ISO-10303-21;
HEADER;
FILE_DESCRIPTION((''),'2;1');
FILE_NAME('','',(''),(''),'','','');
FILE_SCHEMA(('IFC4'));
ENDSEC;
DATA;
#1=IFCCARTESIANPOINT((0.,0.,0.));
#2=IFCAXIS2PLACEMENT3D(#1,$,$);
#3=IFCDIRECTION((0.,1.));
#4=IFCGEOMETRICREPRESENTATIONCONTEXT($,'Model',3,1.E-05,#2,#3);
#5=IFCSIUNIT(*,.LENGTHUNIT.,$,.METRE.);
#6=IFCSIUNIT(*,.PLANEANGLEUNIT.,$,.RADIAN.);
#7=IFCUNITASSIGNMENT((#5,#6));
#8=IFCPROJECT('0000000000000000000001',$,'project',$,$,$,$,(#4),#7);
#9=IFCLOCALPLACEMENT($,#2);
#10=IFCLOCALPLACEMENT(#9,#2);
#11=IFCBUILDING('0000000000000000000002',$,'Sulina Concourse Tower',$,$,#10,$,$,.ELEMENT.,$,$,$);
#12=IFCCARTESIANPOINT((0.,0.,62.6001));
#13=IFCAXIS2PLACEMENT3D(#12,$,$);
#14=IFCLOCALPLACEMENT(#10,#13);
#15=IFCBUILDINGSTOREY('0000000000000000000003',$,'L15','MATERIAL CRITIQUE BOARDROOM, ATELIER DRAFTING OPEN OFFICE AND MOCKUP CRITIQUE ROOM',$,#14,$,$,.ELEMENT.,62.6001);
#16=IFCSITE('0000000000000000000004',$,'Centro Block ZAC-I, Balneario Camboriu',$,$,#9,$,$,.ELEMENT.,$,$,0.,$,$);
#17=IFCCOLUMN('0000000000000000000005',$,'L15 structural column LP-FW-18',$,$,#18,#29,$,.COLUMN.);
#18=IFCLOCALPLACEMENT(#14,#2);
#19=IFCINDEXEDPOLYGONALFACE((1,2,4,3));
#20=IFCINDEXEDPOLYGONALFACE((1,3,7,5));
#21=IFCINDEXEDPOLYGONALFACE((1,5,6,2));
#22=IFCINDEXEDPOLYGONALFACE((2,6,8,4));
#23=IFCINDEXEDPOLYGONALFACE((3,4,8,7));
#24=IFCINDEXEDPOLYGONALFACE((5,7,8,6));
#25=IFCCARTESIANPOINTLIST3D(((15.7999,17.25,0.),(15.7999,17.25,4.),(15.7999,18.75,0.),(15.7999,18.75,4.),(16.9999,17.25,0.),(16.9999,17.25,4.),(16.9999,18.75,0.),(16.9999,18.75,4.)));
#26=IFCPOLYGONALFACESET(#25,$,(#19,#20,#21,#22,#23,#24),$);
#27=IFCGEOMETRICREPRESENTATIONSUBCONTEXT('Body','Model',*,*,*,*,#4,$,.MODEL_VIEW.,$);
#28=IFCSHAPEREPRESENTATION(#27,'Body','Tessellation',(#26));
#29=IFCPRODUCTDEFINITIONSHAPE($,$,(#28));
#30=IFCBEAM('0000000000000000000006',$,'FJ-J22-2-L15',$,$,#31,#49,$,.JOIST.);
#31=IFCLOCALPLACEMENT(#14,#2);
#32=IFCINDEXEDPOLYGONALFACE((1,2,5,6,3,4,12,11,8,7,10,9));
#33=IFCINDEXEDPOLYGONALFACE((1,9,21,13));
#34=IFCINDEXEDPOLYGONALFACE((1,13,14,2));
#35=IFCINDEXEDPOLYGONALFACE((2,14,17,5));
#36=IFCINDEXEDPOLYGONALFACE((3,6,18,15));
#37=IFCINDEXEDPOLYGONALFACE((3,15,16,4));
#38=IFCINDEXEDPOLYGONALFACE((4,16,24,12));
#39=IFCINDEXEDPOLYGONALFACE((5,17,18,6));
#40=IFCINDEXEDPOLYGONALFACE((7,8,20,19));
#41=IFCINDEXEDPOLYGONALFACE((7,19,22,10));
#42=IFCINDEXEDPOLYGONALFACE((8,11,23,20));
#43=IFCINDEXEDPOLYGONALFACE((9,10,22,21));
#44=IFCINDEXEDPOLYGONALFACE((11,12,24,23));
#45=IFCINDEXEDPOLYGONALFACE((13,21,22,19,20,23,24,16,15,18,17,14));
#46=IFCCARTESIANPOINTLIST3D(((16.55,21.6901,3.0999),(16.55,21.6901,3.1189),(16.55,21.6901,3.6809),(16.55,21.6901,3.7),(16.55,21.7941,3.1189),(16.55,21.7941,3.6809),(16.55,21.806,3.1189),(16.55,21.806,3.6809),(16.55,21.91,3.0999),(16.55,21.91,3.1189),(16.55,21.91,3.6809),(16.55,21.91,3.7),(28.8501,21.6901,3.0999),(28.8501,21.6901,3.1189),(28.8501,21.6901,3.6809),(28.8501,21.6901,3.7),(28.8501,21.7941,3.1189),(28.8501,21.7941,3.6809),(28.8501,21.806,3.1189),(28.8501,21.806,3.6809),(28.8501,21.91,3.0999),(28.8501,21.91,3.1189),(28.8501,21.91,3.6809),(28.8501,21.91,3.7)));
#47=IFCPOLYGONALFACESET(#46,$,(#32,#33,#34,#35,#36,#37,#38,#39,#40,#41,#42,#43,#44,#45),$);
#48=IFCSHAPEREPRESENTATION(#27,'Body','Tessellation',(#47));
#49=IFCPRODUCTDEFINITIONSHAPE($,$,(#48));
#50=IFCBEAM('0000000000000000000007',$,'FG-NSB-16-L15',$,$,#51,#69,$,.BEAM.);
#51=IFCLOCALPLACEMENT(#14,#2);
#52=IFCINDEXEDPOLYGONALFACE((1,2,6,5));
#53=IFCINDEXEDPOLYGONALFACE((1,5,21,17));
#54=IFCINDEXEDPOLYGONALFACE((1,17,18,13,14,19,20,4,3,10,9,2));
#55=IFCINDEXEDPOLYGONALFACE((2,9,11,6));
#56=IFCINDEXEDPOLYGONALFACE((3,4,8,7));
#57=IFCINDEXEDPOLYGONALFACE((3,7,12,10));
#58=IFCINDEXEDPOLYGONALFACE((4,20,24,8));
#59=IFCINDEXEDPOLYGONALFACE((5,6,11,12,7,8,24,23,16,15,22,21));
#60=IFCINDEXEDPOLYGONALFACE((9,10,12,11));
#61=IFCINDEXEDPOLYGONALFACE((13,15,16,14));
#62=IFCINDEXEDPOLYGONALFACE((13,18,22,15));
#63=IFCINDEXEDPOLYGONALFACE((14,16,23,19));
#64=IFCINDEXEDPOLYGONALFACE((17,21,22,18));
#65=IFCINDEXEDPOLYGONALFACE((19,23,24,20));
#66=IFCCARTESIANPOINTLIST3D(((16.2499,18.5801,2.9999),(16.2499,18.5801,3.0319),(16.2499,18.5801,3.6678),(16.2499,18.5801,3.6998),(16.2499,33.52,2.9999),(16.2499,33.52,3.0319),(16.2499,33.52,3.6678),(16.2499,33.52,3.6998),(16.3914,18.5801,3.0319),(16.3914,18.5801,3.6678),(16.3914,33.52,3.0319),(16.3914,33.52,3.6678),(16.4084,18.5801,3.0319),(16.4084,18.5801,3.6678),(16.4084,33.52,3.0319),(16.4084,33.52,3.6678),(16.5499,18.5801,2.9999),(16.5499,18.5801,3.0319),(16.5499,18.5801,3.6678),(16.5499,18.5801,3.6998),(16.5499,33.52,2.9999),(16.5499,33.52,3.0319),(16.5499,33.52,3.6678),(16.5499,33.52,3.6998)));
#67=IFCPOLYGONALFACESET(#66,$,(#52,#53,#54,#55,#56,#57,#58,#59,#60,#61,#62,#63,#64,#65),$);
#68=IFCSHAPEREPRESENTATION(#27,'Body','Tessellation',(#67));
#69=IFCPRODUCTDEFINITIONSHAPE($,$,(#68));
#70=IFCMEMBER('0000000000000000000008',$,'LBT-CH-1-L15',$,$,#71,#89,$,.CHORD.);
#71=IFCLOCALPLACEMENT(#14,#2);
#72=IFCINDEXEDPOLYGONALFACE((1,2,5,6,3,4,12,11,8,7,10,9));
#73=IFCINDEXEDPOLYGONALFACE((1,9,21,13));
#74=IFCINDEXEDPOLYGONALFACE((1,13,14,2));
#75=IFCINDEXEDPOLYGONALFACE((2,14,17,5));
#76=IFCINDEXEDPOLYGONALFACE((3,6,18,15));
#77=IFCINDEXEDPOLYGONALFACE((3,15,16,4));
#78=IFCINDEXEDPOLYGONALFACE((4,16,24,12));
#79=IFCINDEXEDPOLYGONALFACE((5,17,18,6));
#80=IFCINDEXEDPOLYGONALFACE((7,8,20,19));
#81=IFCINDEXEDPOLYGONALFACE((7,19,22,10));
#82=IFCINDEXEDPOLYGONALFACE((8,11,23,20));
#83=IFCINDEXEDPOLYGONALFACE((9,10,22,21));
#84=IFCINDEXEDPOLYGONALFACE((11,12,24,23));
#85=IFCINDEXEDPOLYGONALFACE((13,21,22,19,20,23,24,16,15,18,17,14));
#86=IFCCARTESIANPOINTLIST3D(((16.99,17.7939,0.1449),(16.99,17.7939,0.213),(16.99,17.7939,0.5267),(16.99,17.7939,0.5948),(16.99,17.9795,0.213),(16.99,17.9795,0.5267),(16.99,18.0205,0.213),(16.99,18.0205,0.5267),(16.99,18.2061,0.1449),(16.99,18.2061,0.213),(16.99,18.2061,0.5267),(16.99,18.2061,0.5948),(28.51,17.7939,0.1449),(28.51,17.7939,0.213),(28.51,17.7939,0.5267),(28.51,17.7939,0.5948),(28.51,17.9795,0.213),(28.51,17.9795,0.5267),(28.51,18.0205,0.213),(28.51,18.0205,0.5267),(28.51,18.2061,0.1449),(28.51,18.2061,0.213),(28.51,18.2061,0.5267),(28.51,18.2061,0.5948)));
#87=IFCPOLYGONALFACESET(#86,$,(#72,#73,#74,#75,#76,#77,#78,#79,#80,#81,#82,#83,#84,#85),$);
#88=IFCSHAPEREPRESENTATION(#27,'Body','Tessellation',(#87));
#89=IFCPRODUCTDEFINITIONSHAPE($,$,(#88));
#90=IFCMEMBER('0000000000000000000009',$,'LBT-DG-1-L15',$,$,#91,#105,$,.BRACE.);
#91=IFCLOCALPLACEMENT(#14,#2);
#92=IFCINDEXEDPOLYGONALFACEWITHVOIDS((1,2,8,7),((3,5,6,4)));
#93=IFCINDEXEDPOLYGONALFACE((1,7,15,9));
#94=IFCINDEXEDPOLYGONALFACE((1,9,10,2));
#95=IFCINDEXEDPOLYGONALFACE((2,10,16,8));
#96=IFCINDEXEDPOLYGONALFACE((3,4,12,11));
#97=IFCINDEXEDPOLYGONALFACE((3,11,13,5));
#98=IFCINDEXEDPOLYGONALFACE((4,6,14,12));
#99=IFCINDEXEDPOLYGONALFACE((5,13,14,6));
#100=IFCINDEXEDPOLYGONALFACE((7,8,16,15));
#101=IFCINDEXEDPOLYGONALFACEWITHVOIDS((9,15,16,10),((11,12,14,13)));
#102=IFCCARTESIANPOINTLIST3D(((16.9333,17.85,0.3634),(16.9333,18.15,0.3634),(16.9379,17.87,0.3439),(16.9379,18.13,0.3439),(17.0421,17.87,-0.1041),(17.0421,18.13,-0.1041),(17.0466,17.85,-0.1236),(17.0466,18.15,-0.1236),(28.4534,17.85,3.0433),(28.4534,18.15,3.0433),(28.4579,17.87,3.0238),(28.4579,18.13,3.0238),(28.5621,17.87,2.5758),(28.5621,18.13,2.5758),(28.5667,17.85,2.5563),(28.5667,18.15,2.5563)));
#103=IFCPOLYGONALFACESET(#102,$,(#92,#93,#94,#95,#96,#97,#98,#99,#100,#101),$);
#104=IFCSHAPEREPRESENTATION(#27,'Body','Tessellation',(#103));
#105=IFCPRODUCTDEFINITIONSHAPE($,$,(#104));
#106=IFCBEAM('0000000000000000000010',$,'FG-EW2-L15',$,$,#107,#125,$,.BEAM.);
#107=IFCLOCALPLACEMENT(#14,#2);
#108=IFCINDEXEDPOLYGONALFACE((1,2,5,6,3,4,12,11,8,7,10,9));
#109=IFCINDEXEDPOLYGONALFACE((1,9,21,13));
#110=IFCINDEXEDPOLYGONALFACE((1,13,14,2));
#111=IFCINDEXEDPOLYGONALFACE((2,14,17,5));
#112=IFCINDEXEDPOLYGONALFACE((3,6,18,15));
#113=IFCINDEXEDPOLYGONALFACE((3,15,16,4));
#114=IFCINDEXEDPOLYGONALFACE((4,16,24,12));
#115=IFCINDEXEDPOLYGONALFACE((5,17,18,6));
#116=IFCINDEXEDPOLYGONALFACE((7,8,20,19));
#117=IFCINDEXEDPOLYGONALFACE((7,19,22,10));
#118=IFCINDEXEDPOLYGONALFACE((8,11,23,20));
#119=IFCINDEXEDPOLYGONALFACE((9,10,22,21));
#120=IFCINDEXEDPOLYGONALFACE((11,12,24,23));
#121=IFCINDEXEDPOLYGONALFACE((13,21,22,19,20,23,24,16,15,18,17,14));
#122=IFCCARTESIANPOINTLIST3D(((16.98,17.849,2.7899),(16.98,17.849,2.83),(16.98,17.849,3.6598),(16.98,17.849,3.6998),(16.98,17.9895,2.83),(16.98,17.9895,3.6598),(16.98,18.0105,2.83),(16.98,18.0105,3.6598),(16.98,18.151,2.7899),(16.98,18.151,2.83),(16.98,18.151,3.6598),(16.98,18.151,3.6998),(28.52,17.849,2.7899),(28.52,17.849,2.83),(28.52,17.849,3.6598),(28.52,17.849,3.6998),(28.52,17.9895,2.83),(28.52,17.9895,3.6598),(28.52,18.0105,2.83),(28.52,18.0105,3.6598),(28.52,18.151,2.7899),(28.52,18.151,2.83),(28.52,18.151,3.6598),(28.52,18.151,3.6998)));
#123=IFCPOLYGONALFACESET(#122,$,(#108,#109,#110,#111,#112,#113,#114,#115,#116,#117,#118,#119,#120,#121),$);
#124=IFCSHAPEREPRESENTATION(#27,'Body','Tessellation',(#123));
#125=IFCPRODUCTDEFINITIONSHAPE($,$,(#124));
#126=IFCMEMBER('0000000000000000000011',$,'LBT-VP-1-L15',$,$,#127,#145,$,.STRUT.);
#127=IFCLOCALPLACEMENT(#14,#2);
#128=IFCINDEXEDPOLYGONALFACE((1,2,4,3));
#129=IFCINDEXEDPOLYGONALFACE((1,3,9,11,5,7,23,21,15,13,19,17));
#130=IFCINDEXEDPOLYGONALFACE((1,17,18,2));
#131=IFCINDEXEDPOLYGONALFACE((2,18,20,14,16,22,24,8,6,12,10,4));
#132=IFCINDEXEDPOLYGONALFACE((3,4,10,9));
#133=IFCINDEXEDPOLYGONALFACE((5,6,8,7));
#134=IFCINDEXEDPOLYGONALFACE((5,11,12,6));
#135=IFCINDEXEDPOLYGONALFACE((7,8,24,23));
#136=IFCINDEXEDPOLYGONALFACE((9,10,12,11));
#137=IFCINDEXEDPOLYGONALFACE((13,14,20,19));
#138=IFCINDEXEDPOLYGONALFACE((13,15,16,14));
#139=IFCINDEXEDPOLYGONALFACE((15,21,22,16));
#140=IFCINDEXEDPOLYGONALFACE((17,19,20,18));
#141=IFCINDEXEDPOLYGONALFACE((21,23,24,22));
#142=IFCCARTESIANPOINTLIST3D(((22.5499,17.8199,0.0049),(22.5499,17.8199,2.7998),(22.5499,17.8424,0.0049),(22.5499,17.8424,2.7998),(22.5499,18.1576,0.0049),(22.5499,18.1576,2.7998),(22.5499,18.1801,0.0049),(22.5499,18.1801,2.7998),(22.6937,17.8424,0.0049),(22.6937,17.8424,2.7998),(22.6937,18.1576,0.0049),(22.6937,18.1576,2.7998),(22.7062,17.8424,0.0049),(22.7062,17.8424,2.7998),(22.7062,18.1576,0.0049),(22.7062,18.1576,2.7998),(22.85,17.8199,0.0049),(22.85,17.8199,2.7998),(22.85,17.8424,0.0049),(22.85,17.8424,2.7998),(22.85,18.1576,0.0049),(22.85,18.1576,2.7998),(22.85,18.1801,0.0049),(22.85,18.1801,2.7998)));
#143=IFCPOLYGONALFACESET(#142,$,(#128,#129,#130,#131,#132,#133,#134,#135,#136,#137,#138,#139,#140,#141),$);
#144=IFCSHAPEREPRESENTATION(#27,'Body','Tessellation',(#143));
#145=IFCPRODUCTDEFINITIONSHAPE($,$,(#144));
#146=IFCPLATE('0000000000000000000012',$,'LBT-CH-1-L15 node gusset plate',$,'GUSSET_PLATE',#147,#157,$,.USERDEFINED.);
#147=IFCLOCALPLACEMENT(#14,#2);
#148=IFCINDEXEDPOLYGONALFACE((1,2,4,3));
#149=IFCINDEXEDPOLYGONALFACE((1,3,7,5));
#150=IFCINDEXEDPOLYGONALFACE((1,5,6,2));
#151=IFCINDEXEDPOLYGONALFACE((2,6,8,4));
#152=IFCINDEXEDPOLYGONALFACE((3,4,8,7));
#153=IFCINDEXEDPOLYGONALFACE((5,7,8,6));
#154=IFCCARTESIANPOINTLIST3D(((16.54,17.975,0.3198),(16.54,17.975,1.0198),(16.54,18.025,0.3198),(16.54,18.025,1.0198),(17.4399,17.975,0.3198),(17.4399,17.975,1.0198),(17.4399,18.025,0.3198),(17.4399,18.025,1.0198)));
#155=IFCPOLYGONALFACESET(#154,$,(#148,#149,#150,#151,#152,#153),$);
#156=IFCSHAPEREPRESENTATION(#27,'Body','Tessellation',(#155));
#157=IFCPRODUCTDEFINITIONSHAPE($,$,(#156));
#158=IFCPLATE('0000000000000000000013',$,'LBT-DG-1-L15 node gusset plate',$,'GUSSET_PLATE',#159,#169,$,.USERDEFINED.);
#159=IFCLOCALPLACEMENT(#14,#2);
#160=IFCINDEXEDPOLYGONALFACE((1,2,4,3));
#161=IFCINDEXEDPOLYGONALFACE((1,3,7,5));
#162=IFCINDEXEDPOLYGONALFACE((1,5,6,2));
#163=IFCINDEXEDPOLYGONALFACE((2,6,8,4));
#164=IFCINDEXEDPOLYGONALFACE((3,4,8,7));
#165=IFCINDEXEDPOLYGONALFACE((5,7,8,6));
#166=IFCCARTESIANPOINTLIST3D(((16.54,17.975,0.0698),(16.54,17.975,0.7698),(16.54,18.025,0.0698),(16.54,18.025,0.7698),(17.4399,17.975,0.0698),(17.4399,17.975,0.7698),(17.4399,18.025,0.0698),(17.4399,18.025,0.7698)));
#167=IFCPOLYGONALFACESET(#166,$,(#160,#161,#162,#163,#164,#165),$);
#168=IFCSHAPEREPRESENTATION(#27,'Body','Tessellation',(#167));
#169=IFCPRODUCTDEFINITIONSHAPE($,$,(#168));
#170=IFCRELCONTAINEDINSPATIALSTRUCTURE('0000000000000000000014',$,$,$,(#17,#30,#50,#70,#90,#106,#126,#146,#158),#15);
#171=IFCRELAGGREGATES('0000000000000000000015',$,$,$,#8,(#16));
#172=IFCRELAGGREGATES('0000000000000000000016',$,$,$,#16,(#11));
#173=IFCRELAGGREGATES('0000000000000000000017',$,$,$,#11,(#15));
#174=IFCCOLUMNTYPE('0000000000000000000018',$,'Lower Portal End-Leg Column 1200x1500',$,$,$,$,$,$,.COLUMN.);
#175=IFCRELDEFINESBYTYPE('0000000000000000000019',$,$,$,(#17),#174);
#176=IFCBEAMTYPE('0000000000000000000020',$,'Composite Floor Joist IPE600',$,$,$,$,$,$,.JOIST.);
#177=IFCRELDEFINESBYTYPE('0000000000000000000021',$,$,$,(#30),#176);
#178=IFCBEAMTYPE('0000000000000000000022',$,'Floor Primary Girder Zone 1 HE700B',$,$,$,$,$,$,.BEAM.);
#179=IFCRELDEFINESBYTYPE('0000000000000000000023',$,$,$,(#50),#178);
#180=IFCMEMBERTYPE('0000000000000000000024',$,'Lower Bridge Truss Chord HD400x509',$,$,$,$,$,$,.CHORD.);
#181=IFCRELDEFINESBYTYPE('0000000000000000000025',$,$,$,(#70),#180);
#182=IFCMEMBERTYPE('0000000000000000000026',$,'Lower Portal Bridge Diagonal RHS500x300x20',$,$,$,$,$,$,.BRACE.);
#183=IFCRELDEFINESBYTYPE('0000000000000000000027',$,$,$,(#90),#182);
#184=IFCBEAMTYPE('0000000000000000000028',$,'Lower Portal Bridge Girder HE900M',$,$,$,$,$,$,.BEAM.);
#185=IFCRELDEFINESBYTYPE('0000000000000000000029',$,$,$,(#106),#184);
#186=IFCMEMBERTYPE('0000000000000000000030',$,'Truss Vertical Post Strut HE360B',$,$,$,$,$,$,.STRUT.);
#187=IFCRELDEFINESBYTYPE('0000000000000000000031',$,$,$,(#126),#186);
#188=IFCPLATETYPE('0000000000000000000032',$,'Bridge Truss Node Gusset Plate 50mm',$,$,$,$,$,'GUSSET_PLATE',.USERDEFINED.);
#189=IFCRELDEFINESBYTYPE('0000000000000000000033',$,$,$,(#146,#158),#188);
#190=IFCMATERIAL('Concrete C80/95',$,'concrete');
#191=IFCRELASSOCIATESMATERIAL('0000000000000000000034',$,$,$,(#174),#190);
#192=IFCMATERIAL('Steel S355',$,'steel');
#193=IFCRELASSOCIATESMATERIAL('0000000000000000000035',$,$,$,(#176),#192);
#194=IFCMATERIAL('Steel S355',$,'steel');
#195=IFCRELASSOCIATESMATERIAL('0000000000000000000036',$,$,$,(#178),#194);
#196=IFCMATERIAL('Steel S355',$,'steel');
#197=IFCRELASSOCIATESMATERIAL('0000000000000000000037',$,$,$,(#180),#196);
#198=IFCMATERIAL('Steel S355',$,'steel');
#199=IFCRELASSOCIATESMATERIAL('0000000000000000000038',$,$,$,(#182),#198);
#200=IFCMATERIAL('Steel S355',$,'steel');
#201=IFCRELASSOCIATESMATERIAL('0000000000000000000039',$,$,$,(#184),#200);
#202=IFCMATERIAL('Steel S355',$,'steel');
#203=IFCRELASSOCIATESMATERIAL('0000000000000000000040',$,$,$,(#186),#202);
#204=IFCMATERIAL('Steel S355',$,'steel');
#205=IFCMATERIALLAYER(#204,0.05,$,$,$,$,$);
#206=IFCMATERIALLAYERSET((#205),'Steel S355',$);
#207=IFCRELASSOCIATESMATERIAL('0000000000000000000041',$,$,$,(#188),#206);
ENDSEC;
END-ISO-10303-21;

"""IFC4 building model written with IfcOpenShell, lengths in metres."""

from ifc_helpers import new_model, si_unit, direction, frame, origin, origin_2d, place, context, subcontext, project, spatial, rectangle, hollow_rectangle, i_section, extrude, material, layer, layer_set, material_profile, profile_set, type_object, element, save


model = new_model("IFC4")

# Units and contexts
model_context = context("Model", 3, precision=1e-05, world=origin(), true_north=direction((0.0, 1.0)))
body_context = subcontext(model_context, "Body", "Model", "MODEL_VIEW")
ifc_project = project(units=[si_unit("LENGTHUNIT", "METRE"), si_unit("PLANEANGLEUNIT", "RADIAN")], contexts=[model_context])

# Site, building, storey
site_placement = place(None, origin())
site = spatial("IfcSite", under=ifc_project, at=site_placement, Name="Centro Block ZAC-I, Balneario Camboriu", CompositionType="ELEMENT", RefElevation=0.0)
building_placement = place(site_placement, origin())
building = spatial("IfcBuilding", under=site, at=building_placement, Name="Sulina Concourse Tower", CompositionType="ELEMENT")
storey_placement = place(building_placement, frame((0.0, 0.0, 62.6001)))
storey = spatial("IfcBuildingStorey", under=building, at=storey_placement, Name="L15", Description="MATERIAL CRITIQUE BOARDROOM, ATELIER DRAFTING OPEN OFFICE AND MOCKUP CRITIQUE ROOM", CompositionType="ELEMENT", Elevation=62.6001)

# Column
ifc_material_1 = material(Name="Concrete C80/95", Category="concrete")
ifc_material_profile_1 = material_profile(ifc_material_1, rectangle(XDim=1.2, YDim=1.5, at=origin_2d()), Name="RC 1200x1500")
ifc_profile_set_1 = profile_set([ifc_material_profile_1], Name="Concrete C80/95")
column_type = type_object("IfcColumnType", Name="Lower Portal End-Leg Column 1200x1500", PredefinedType="COLUMN", material=ifc_profile_set_1)
column_placement = place(storey_placement, frame((16.3999, 18.0, 0.0), z_axis=(0.0, 0.0, 1.0), x_axis=(1.0, 0.0, 0.0)))
element("IfcColumn", 1, at=column_placement, inside=storey, type_object=column_type, Name="L15 structural column LP-FW-18", PredefinedType="COLUMN", context=body_context, shape_type="SweptSolid", body=[
    extrude(rectangle(XDim=1.2, YDim=1.5, at=origin_2d()), origin(), (0.0, 0.0, 1.0), 4.0),
])

# Beams
ifc_material_2 = material(Name="Steel S355", Category="steel")
ifc_material_profile_2 = material_profile(ifc_material_2, i_section(OverallWidth=0.22, OverallDepth=0.6001, WebThickness=0.012, FlangeThickness=0.019, at=origin_2d()), Name="IPE 600")
ifc_profile_set_2 = profile_set([ifc_material_profile_2], Name="Steel S355")
beam_type_1 = type_object("IfcBeamType", Name="Composite Floor Joist IPE600", PredefinedType="JOIST", material=ifc_profile_set_2)
beam_1_placement = place(storey_placement, frame((16.55, 21.8, 3.3999), z_axis=(1.0, 0.0, 0.0), x_axis=(0.0, 1.0, 0.0)))
element("IfcBeam", 2, at=beam_1_placement, inside=storey, type_object=beam_type_1, Name="FJ-J22-2-L15", PredefinedType="JOIST", context=body_context, shape_type="SweptSolid", body=[
    extrude(i_section(OverallWidth=0.22, OverallDepth=0.6001, WebThickness=0.012, FlangeThickness=0.019, at=origin_2d()), origin(), (0.0, 0.0, 1.0), 12.3),
])
ifc_material_3 = material(Name="Steel S355", Category="steel")
ifc_material_profile_3 = material_profile(ifc_material_3, i_section(OverallWidth=0.3, OverallDepth=0.7, WebThickness=0.0171, FlangeThickness=0.032, at=origin_2d()), Name="HE 700 B")
ifc_profile_set_3 = profile_set([ifc_material_profile_3], Name="Steel S355")
beam_type_2 = type_object("IfcBeamType", Name="Floor Primary Girder Zone 1 HE700B", PredefinedType="BEAM", material=ifc_profile_set_3)
beam_2_placement = place(storey_placement, frame((16.3999, 18.5801, 3.3499), z_axis=(0.0, 1.0, 0.0), x_axis=(-1.0, 0.0, 0.0)))
element("IfcBeam", 3, at=beam_2_placement, inside=storey, type_object=beam_type_2, Name="FG-NSB-16-L15", PredefinedType="BEAM", context=body_context, shape_type="SweptSolid", body=[
    extrude(i_section(OverallWidth=0.3, OverallDepth=0.7, WebThickness=0.0171, FlangeThickness=0.032, at=origin_2d()), origin(), (0.0, 0.0, 1.0), 14.9399),
])

# Members
ifc_material_4 = material(Name="Steel S355", Category="steel")
ifc_material_profile_4 = material_profile(ifc_material_4, i_section(OverallWidth=0.4121, OverallDepth=0.45, WebThickness=0.041, FlangeThickness=0.0681, at=origin_2d()), Name="HD 400x509")
ifc_profile_set_4 = profile_set([ifc_material_profile_4], Name="Steel S355")
member_type_1 = type_object("IfcMemberType", Name="Lower Bridge Truss Chord HD400x509", PredefinedType="CHORD", material=ifc_profile_set_4)
member_1_placement = place(storey_placement, frame((16.99, 18.0, 0.3699), z_axis=(1.0, 0.0, 0.0), x_axis=(0.0, 1.0, 0.0)))
element("IfcMember", 4, at=member_1_placement, inside=storey, type_object=member_type_1, Name="LBT-CH-1-L15", PredefinedType="CHORD", context=body_context, shape_type="SweptSolid", body=[
    extrude(i_section(OverallWidth=0.4121, OverallDepth=0.45, WebThickness=0.041, FlangeThickness=0.0681, at=origin_2d()), origin(), (0.0, 0.0, 1.0), 11.52),
])
ifc_material_5 = material(Name="Steel S355", Category="steel")
ifc_material_profile_5 = material_profile(ifc_material_5, hollow_rectangle(XDim=0.3, YDim=0.5, WallThickness=0.02, at=origin_2d()), Name="RHS 500x300x20")
ifc_profile_set_5 = profile_set([ifc_material_profile_5], Name="Steel S355")
member_type_2 = type_object("IfcMemberType", Name="Lower Portal Bridge Diagonal RHS500x300x20", PredefinedType="BRACE", material=ifc_profile_set_5)
member_2_placement = place(storey_placement, frame((16.99, 18.0, 0.1199), z_axis=(0.973992, 0.0, 0.226582), x_axis=(0.0, 1.0, 0.0)))
element("IfcMember", 5, at=member_2_placement, inside=storey, type_object=member_type_2, Name="LBT-DG-1-L15", PredefinedType="BRACE", context=body_context, shape_type="SweptSolid", body=[
    extrude(hollow_rectangle(XDim=0.3, YDim=0.5, WallThickness=0.02, at=origin_2d()), origin(), (0.0, 0.0, 1.0), 11.8276),
])

# Beam
ifc_material_6 = material(Name="Steel S355", Category="steel")
ifc_material_profile_6 = material_profile(ifc_material_6, i_section(OverallWidth=0.302, OverallDepth=0.9099, WebThickness=0.021, FlangeThickness=0.04, at=origin_2d()), Name="HE 900 M")
ifc_profile_set_6 = profile_set([ifc_material_profile_6], Name="Steel S355")
beam_type_3 = type_object("IfcBeamType", Name="Lower Portal Bridge Girder HE900M", PredefinedType="BEAM", material=ifc_profile_set_6)
beam_3_placement = place(storey_placement, frame((16.98, 18.0, 3.2449), z_axis=(1.0, 0.0, 0.0), x_axis=(0.0, 1.0, 0.0)))
element("IfcBeam", 6, at=beam_3_placement, inside=storey, type_object=beam_type_3, Name="FG-EW2-L15", PredefinedType="BEAM", context=body_context, shape_type="SweptSolid", body=[
    extrude(i_section(OverallWidth=0.302, OverallDepth=0.9099, WebThickness=0.021, FlangeThickness=0.04, at=origin_2d()), origin(), (0.0, 0.0, 1.0), 11.54),
])

# Member
ifc_material_7 = material(Name="Steel S355", Category="steel")
ifc_material_profile_7 = material_profile(ifc_material_7, i_section(OverallWidth=0.3, OverallDepth=0.3601, WebThickness=0.0125, FlangeThickness=0.0225, at=origin_2d()), Name="HE 360 B")
ifc_profile_set_7 = profile_set([ifc_material_profile_7], Name="Steel S355")
member_type_3 = type_object("IfcMemberType", Name="Truss Vertical Post Strut HE360B", PredefinedType="STRUT", material=ifc_profile_set_7)
member_3_placement = place(storey_placement, frame((22.7, 18.0, 0.0049), z_axis=(0.0, 0.0, 1.0), x_axis=(1.0, 0.0, 0.0)))
element("IfcMember", 7, at=member_3_placement, inside=storey, type_object=member_type_3, Name="LBT-VP-1-L15", PredefinedType="STRUT", context=body_context, shape_type="SweptSolid", body=[
    extrude(i_section(OverallWidth=0.3, OverallDepth=0.3601, WebThickness=0.0125, FlangeThickness=0.0225, at=origin_2d()), origin(), (0.0, 0.0, 1.0), 2.7949),
])

# Plates
ifc_material_8 = material(Name="Steel S355", Category="steel")
ifc_layer_1 = layer(ifc_material_8, 0.05)
ifc_layer_set_1 = layer_set([ifc_layer_1], Name="Steel S355")
plate_type_1 = type_object("IfcPlateType", Name="Bridge Truss Node Gusset Plate 50mm", ElementType="GUSSET_PLATE", PredefinedType="USERDEFINED", material=ifc_layer_set_1)
for number, where, z_axis, x_axis, name in (
    (8, (16.99, 18.0, 0.3198), (0.0, 0.0, 1.0), (1.0, 0.0, 0.0), "LBT-CH-1-L15 node gusset plate"),
    (9, (16.99, 18.0, 0.0698), (0.0, 0.0, 1.0), (1.0, 0.0, 0.0), "LBT-DG-1-L15 node gusset plate"),
):
    element("IfcPlate", number, at=place(storey_placement, frame(where, z_axis=z_axis, x_axis=x_axis)), inside=storey, type_object=plate_type_1, Name=name, ObjectType="GUSSET_PLATE", PredefinedType="USERDEFINED", context=body_context, shape_type="SweptSolid", body=[
        extrude(rectangle(XDim=0.8999, YDim=0.05, at=origin_2d()), origin(), (0.0, 0.0, 1.0), 0.7),
    ])

save(model, "model.ifc")
